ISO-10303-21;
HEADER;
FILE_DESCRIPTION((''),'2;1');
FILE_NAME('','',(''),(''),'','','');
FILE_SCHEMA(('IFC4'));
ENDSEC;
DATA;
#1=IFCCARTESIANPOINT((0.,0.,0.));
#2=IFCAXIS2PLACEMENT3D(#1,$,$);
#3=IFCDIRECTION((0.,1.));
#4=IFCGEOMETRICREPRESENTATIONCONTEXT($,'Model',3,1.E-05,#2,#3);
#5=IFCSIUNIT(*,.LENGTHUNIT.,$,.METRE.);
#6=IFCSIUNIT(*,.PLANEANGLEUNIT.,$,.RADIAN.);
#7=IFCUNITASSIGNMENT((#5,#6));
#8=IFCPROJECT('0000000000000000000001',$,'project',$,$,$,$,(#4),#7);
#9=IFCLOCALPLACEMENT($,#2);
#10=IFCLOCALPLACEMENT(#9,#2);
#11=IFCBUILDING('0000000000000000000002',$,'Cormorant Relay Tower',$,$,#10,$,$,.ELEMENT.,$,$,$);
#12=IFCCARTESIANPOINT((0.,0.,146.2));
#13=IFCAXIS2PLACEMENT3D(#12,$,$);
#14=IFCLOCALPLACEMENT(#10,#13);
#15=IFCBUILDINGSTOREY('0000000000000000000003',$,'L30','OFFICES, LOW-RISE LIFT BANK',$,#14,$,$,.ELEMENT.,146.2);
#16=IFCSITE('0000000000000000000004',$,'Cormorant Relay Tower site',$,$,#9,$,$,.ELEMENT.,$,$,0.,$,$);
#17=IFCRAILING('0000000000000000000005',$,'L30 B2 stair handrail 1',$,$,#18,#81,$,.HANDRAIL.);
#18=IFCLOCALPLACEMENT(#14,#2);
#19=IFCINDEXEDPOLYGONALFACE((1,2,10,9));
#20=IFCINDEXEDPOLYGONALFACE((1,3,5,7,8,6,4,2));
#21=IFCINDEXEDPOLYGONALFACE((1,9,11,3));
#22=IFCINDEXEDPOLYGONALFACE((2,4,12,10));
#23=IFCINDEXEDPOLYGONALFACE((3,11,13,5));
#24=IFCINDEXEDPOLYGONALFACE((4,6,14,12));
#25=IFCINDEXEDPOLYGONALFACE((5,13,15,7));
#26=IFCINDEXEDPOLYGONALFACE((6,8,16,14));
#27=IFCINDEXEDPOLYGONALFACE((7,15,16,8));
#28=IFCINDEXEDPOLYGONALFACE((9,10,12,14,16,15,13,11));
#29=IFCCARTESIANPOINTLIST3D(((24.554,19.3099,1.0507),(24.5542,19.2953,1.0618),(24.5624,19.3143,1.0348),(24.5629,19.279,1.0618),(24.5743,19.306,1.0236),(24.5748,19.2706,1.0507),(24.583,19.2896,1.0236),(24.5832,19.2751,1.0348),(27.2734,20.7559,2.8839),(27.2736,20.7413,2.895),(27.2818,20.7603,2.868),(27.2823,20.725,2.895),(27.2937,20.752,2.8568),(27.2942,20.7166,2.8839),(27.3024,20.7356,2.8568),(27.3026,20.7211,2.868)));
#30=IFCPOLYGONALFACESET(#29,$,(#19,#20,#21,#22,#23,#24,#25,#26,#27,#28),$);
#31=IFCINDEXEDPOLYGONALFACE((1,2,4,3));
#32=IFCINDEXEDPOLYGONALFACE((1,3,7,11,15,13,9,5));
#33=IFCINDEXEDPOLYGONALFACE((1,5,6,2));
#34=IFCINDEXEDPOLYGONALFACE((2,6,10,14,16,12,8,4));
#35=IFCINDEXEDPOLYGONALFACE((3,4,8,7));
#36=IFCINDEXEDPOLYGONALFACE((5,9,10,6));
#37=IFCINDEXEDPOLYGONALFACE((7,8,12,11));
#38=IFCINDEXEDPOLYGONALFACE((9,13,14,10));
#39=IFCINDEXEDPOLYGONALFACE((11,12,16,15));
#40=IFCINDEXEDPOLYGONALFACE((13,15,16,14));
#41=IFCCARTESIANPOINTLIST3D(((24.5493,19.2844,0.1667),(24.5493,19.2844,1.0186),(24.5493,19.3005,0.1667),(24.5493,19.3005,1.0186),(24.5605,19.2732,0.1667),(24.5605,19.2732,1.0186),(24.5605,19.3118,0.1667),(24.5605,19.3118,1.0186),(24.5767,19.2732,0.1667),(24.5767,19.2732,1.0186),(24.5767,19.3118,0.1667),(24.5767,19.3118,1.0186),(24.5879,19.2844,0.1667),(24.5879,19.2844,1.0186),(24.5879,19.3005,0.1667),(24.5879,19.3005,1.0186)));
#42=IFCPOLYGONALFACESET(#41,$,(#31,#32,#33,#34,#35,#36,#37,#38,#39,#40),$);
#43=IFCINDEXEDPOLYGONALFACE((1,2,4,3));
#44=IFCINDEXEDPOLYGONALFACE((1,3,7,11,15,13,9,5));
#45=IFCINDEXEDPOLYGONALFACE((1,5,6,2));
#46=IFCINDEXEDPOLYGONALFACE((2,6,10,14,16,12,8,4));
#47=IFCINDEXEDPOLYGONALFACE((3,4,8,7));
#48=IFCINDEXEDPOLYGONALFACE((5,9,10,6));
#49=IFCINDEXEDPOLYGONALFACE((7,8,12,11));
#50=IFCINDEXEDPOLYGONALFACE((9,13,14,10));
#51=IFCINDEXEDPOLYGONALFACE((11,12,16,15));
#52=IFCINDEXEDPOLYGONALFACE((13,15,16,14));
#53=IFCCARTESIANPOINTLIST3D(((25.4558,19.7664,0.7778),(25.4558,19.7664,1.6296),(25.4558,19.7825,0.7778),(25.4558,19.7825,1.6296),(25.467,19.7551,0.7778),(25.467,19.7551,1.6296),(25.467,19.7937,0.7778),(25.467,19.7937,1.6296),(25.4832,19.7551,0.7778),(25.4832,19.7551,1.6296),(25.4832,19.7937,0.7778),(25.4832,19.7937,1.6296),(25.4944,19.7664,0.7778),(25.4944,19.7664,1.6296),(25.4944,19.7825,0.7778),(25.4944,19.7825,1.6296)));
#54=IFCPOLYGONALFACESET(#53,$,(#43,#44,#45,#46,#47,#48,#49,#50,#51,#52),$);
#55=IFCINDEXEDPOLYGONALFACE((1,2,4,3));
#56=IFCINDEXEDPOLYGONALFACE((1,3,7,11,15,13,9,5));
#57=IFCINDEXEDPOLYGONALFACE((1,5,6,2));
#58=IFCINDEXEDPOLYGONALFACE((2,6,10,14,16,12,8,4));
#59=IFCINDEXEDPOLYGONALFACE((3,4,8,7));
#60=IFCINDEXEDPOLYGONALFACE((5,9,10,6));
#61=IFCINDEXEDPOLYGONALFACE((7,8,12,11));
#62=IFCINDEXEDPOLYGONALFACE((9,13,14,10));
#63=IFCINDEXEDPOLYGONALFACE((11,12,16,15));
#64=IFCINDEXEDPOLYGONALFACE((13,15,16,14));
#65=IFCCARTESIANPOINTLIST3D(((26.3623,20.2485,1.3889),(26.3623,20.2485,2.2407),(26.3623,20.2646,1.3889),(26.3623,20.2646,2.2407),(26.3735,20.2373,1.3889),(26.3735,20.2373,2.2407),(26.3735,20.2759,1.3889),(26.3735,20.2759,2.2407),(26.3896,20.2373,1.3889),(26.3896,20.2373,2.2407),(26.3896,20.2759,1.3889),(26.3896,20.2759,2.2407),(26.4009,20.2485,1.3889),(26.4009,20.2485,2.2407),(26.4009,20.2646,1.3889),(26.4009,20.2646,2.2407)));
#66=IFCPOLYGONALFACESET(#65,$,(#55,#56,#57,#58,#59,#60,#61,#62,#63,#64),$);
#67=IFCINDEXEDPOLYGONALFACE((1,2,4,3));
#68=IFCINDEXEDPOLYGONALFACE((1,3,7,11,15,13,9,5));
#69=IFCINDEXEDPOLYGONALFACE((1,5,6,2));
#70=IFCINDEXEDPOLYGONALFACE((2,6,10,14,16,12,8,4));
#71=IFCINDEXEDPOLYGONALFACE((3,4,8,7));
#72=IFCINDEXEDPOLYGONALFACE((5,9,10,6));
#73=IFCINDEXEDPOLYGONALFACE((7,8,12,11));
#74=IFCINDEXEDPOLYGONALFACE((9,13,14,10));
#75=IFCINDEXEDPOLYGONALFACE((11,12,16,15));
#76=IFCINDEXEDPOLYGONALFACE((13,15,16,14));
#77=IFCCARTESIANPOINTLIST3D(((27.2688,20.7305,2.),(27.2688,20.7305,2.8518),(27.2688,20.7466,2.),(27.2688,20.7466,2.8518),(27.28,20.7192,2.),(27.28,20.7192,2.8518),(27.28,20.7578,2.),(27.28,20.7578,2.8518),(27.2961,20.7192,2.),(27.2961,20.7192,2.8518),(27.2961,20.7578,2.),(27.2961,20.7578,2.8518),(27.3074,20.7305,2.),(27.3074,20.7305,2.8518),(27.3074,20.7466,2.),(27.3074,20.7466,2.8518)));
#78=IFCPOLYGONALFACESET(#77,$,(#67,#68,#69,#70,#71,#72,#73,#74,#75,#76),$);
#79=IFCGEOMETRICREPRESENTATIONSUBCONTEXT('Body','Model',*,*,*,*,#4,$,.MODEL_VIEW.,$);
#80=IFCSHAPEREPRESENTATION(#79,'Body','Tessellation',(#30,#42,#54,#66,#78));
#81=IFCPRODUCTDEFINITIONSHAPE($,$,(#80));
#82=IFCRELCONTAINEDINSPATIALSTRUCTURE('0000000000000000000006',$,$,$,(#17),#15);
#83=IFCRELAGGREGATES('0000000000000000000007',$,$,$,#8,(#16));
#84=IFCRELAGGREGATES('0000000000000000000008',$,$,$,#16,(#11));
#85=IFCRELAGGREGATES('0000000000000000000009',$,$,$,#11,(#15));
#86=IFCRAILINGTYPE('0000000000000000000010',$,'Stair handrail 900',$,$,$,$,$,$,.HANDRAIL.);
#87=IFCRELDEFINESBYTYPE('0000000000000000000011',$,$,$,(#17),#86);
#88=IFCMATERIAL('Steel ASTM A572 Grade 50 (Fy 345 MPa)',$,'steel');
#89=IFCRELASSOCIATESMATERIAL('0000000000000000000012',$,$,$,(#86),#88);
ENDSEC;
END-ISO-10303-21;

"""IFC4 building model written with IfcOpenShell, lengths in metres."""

from ifc_helpers import new_model, si_unit, direction, frame, origin, place, context, subcontext, project, spatial, polyline, outline, extrude, material, type_object, element, save


model = new_model("IFC4")

# Units and contexts
model_context = context("Model", 3, precision=1e-05, world=origin(), true_north=direction((0.0, 1.0)))
body_context = subcontext(model_context, "Body", "Model", "MODEL_VIEW")
ifc_project = project(units=[si_unit("LENGTHUNIT", "METRE"), si_unit("PLANEANGLEUNIT", "RADIAN")], contexts=[model_context])

# Site, building, storey
site_placement = place(None, origin())
site = spatial("IfcSite", under=ifc_project, at=site_placement, Name="Cormorant Relay Tower site", CompositionType="ELEMENT", RefElevation=0.0)
building_placement = place(site_placement, origin())
building = spatial("IfcBuilding", under=site, at=building_placement, Name="Cormorant Relay Tower", CompositionType="ELEMENT")
storey_placement = place(building_placement, frame((0.0, 0.0, 146.2)))
storey = spatial("IfcBuildingStorey", under=building, at=storey_placement, Name="L30", Description="OFFICES, LOW-RISE LIFT BANK", CompositionType="ELEMENT", Elevation=146.2)

# Railing
ifc_material_1 = material(Name="Steel ASTM A572 Grade 50 (Fy 345 MPa)", Category="steel")
railing_type_1 = type_object("IfcRailingType", Name="Stair handrail 900", PredefinedType="HANDRAIL", material=ifc_material_1)
railing_1_placement = place(storey_placement, frame((24.5686, 19.2925, 0.1667)))
element("IfcRailing", 1, at=railing_1_placement, inside=storey, type_object=railing_type_1, Name="L30 B2 stair handrail 1", PredefinedType="HANDRAIL", context=body_context, shape_type="SweptSolid", body=[
    extrude(outline(polyline([(0.0222, 0.0093), (0.0093, 0.0222), (-0.0093, 0.0222), (-0.0222, 0.0093), (-0.0222, -0.0093), (-0.0093, -0.0222), (0.0093, -0.0222), (0.0222, -0.0093), (0.0222, 0.0093)])), frame((0.0, 0.0, 0.876), z_axis=(0.758714, 0.403435, 0.511463), x_axis=(-0.469489, 0.882938, 0.0)), (0.0, 0.0, 1.0), 3.5842),
    extrude(outline(polyline([(0.0193, 0.0081), (0.0081, 0.0193), (-0.0081, 0.0193), (-0.0193, 0.0081), (-0.0193, -0.0081), (-0.0081, -0.0193), (0.0081, -0.0193), (0.0193, -0.0081), (0.0193, 0.0081)])), origin(), (0.0, 0.0, 1.0), 0.8518),
    extrude(outline(polyline([(0.0193, 0.0081), (0.0081, 0.0193), (-0.0081, 0.0193), (-0.0193, 0.0081), (-0.0193, -0.0081), (-0.0081, -0.0193), (0.0081, -0.0193), (0.0193, -0.0081), (0.0193, 0.0081)])), frame((0.9065, 0.4819, 0.6111)), (0.0, 0.0, 1.0), 0.8518),
    extrude(outline(polyline([(0.0193, 0.0081), (0.0081, 0.0193), (-0.0081, 0.0193), (-0.0193, 0.0081), (-0.0193, -0.0081), (-0.0081, -0.0193), (0.0081, -0.0193), (0.0193, -0.0081), (0.0193, 0.0081)])), frame((1.813, 0.9641, 1.2222)), (0.0, 0.0, 1.0), 0.8518),
    extrude(outline(polyline([(0.0193, 0.0081), (0.0081, 0.0193), (-0.0081, 0.0193), (-0.0193, 0.0081), (-0.0193, -0.0081), (-0.0081, -0.0193), (0.0081, -0.0193), (0.0193, -0.0081), (0.0193, 0.0081)])), frame((2.7195, 1.446, 1.8333)), (0.0, 0.0, 1.0), 0.8518),
])

save(model, "model.ifc")
